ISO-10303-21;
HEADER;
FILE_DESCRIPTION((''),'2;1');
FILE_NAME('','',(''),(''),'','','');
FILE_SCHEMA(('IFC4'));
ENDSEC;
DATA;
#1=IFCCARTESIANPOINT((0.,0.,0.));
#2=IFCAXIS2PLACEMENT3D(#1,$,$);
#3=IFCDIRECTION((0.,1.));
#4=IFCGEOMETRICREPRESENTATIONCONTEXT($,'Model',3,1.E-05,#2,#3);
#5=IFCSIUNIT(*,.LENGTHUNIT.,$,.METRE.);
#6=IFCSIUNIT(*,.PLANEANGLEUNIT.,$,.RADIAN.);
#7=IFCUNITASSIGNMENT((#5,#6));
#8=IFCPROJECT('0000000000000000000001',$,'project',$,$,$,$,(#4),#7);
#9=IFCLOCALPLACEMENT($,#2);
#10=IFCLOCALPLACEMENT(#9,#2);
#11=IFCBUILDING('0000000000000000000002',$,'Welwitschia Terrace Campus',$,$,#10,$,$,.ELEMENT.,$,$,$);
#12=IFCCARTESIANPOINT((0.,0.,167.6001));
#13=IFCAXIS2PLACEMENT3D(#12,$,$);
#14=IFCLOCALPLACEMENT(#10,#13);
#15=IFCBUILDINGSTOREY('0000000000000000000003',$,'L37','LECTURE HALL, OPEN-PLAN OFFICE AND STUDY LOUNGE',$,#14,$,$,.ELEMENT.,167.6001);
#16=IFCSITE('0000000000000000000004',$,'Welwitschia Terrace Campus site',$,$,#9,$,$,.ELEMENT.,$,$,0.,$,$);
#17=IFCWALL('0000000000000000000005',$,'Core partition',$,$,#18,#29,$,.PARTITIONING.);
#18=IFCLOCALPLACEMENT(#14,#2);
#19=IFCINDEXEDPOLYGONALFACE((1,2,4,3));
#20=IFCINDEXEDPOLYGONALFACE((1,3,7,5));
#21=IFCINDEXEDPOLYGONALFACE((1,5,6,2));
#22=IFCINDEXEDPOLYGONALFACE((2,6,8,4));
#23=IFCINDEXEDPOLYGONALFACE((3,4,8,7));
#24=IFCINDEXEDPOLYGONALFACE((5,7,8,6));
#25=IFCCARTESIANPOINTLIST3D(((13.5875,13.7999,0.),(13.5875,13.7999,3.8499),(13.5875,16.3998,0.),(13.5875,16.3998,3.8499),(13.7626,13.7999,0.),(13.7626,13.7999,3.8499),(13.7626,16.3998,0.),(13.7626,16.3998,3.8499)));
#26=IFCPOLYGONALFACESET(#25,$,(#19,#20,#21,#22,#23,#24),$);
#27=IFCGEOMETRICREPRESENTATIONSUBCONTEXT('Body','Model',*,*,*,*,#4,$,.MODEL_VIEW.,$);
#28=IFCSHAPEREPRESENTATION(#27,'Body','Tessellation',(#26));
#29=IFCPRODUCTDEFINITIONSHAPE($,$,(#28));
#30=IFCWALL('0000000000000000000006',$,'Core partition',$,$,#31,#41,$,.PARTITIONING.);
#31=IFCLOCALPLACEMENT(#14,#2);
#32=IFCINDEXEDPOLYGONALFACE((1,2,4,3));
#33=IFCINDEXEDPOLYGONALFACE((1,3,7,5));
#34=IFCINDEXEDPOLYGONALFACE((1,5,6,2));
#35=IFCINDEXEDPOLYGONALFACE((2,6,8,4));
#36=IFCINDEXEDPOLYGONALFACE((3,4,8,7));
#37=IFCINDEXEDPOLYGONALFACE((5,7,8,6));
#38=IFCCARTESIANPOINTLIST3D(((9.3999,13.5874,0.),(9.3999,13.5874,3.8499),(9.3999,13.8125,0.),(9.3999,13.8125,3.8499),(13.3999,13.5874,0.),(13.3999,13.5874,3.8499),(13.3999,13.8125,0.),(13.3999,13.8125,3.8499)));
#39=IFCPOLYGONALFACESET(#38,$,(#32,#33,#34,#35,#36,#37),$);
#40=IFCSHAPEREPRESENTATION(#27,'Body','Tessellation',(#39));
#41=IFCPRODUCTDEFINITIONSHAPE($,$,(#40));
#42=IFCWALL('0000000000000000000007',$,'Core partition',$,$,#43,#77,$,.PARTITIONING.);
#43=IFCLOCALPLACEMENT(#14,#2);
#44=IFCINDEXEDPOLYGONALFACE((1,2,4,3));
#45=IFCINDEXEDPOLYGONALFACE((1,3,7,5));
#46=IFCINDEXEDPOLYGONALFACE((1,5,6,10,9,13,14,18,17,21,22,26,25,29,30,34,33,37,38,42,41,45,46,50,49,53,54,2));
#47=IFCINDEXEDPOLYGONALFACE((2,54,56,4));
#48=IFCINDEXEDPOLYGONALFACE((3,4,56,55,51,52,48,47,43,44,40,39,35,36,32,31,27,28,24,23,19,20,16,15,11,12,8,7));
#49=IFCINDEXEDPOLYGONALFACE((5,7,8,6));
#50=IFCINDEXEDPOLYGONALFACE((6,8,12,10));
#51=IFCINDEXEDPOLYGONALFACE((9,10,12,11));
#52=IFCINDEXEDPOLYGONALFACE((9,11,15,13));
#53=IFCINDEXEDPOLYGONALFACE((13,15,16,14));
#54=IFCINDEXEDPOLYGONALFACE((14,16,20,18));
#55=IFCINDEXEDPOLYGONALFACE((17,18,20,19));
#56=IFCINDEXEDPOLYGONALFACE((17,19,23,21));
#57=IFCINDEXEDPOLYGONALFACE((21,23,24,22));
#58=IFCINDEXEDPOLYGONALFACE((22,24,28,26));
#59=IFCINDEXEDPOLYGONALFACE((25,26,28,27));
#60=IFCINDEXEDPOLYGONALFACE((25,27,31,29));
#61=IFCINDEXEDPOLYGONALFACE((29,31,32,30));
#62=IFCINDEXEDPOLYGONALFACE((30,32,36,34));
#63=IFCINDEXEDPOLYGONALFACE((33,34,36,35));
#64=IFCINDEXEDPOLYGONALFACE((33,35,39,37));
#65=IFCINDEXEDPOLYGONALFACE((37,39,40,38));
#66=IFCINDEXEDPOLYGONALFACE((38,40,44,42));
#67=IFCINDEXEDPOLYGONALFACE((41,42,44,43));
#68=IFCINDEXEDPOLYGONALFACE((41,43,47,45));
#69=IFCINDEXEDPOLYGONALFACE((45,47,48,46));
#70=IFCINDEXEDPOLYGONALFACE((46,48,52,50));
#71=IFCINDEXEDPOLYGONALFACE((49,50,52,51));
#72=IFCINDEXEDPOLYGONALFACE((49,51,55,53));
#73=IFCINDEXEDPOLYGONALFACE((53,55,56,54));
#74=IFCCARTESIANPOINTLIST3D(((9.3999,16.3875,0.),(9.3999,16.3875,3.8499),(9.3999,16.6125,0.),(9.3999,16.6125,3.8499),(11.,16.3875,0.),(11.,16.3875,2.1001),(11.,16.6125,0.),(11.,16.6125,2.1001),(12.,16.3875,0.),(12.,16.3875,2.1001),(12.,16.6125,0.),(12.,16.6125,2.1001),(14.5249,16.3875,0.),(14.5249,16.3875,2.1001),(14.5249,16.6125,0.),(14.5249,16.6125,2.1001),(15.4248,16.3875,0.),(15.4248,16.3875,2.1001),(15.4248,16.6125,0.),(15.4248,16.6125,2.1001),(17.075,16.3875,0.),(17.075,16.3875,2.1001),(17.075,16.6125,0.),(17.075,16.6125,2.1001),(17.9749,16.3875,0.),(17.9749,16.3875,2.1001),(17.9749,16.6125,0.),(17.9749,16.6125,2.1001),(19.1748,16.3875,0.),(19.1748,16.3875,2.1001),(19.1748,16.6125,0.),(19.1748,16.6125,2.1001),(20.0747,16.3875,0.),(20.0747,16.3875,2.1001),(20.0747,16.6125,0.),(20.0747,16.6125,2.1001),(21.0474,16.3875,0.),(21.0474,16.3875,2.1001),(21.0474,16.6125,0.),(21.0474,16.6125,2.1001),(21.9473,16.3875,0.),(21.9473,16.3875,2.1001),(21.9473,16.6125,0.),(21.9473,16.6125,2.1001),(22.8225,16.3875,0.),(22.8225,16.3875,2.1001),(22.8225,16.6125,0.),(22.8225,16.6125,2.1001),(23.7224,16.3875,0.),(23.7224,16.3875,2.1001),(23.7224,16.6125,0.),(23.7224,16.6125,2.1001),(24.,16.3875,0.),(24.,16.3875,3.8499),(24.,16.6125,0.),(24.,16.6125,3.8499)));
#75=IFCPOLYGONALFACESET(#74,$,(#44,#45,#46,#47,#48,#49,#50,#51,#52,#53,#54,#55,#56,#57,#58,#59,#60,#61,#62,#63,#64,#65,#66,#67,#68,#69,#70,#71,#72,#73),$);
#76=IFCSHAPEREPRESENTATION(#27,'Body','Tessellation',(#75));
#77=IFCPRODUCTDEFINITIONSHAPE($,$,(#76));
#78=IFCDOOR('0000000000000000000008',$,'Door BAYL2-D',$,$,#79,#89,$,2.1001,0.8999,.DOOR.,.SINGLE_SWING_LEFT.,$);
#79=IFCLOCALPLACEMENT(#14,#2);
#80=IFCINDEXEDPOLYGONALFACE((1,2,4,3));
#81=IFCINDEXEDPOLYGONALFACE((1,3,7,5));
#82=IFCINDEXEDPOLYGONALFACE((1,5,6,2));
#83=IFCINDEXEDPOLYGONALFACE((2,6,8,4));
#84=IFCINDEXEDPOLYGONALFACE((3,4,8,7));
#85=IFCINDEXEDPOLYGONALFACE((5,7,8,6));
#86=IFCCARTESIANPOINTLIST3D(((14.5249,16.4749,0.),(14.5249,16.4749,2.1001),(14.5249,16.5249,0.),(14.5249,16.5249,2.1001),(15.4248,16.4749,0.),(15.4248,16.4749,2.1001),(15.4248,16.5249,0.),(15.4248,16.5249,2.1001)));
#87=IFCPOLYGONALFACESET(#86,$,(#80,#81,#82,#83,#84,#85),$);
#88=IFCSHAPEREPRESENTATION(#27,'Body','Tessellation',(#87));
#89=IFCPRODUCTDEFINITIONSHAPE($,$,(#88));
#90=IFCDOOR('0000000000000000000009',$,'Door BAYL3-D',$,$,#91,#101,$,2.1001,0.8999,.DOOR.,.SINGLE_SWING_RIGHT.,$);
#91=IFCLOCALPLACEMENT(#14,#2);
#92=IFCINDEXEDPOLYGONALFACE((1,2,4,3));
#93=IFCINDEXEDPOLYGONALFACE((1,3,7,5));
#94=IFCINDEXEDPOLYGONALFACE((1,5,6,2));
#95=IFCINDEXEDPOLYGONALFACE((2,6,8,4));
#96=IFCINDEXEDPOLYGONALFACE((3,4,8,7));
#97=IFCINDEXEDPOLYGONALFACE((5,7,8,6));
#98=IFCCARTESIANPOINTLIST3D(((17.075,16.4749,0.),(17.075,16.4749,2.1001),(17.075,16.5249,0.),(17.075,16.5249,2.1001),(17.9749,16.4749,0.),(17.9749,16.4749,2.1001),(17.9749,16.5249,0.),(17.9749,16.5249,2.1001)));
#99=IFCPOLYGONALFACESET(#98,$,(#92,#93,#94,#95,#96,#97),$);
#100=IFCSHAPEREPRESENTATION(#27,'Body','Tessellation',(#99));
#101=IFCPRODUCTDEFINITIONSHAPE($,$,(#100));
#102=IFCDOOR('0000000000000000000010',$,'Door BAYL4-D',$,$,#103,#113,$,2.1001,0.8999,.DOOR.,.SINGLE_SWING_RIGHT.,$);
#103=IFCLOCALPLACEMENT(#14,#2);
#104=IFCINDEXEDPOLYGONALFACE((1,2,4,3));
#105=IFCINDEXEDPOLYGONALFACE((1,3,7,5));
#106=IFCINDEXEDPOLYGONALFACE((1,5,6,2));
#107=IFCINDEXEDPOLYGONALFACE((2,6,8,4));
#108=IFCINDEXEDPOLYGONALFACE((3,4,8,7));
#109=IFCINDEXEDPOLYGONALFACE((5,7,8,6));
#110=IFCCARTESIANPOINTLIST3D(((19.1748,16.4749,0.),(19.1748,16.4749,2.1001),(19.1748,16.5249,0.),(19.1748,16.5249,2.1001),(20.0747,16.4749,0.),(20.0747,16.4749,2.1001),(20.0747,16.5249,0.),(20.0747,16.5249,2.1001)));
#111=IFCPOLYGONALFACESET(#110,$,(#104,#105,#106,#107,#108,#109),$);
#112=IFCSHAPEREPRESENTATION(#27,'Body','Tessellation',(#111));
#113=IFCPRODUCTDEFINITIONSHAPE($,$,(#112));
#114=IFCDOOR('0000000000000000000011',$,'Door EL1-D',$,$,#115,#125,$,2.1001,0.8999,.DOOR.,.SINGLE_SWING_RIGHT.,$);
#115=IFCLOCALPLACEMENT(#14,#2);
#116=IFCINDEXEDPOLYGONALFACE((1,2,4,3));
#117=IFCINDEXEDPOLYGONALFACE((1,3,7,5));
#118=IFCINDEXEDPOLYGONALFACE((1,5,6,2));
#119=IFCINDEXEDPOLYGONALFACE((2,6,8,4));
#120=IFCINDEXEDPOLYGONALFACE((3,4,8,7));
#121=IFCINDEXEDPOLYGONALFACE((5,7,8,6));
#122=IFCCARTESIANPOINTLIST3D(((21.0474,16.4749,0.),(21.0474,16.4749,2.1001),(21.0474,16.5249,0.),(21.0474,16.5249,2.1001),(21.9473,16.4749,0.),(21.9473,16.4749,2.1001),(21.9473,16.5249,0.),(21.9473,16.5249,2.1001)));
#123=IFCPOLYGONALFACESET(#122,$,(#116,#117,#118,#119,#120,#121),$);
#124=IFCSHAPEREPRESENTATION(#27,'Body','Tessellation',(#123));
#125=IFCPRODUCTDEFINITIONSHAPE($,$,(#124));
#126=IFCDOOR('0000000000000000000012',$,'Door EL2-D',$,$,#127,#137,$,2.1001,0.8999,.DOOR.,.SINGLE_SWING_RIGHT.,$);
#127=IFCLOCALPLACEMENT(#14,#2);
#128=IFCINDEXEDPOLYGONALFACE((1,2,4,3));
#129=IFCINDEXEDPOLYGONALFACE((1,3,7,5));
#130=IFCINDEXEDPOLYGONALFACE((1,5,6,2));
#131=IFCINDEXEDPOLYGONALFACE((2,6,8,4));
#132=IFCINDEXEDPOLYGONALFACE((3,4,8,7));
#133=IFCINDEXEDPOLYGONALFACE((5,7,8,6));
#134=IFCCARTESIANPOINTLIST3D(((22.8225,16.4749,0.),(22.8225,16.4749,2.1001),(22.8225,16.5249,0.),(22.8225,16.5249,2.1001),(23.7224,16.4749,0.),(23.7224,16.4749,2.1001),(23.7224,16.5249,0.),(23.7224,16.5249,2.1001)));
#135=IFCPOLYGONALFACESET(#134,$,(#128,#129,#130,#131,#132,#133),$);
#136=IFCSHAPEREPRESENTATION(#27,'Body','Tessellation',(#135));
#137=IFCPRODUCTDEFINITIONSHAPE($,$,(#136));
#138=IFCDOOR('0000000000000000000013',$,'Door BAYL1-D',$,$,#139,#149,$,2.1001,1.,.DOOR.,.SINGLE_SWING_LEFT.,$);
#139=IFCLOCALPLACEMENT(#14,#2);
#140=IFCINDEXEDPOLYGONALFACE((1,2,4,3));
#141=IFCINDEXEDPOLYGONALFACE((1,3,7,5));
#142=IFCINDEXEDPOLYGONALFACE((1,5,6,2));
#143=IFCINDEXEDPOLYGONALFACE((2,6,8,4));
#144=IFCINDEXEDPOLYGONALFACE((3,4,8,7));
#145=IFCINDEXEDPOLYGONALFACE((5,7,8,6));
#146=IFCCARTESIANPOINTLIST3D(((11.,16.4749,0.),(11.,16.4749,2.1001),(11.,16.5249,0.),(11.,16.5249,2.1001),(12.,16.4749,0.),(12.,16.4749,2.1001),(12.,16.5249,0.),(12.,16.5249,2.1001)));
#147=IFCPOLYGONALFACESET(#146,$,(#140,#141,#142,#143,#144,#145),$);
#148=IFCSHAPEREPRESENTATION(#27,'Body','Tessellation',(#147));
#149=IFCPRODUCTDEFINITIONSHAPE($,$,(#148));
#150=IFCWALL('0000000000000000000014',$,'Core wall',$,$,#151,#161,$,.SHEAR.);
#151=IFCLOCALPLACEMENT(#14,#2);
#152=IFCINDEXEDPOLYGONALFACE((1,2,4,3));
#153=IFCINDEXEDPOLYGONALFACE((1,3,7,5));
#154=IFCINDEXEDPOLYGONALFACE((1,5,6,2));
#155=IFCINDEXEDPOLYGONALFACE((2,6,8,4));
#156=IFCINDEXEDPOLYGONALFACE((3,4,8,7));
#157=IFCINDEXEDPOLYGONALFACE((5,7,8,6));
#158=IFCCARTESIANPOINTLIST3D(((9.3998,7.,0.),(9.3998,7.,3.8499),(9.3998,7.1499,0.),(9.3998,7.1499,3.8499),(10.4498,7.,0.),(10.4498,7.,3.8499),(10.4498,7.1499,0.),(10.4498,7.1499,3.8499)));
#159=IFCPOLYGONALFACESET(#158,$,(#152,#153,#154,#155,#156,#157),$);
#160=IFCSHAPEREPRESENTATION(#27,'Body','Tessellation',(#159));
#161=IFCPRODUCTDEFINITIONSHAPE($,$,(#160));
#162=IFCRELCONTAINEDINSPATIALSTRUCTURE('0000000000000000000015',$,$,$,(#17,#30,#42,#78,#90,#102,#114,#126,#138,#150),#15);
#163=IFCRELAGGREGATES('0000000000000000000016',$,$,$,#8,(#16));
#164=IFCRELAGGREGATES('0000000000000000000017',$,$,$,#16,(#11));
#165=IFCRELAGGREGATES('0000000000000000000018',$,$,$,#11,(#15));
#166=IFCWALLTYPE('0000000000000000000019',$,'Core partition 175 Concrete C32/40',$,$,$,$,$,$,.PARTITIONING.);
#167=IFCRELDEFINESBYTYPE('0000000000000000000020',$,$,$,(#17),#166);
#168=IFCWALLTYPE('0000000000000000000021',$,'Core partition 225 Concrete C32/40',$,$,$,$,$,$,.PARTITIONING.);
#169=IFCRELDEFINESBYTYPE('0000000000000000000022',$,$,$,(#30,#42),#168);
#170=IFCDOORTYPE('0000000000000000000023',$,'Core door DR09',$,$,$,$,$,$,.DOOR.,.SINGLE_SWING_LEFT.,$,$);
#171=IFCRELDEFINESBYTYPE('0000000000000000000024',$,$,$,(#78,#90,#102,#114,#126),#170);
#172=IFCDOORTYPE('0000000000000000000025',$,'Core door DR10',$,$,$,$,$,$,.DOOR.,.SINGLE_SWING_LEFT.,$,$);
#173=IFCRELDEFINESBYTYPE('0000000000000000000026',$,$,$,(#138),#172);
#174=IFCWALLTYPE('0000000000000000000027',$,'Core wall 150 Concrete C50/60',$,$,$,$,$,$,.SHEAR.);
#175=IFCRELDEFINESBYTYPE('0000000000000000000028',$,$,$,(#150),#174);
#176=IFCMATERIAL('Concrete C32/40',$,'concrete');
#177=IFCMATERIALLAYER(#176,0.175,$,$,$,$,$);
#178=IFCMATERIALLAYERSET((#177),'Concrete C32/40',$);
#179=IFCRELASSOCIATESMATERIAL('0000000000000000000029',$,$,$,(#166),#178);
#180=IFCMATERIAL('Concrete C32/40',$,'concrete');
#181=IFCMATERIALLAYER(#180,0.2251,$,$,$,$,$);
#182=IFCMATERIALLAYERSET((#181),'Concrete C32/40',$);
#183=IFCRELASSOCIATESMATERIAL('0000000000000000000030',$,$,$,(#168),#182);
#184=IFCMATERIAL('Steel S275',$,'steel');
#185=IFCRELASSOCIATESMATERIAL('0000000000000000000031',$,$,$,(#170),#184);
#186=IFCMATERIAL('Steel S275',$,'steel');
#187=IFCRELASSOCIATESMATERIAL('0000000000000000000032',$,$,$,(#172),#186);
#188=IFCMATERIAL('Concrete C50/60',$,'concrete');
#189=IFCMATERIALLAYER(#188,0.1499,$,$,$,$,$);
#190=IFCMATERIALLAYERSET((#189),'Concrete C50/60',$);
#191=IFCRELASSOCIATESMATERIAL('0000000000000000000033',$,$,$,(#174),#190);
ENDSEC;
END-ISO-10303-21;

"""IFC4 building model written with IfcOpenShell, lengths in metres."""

from ifc_helpers import new_model, si_unit, direction, frame, frame_2d, origin, place, context, subcontext, project, spatial, rectangle, extrude, material, layer, layer_set, type_object, element, fill, save


model = new_model("IFC4")

# Units and contexts
model_context = context("Model", 3, precision=1e-05, world=origin(), true_north=direction((0.0, 1.0)))
body_context = subcontext(model_context, "Body", "Model", "MODEL_VIEW")
ifc_project = project(units=[si_unit("LENGTHUNIT", "METRE"), si_unit("PLANEANGLEUNIT", "RADIAN")], contexts=[model_context])

# Site, building, storey
site_placement = place(None, origin())
site = spatial("IfcSite", under=ifc_project, at=site_placement, Name="Welwitschia Terrace Campus site", CompositionType="ELEMENT", RefElevation=0.0)
building_placement = place(site_placement, origin())
building = spatial("IfcBuilding", under=site, at=building_placement, Name="Welwitschia Terrace Campus", CompositionType="ELEMENT")
storey_placement = place(building_placement, frame((0.0, 0.0, 167.6001)))
storey = spatial("IfcBuildingStorey", under=building, at=storey_placement, Name="L37", Description="LECTURE HALL, OPEN-PLAN OFFICE AND STUDY LOUNGE", CompositionType="ELEMENT", Elevation=167.6001)

# Walls
ifc_material_1 = material(Name="Concrete C32/40", Category="concrete")
ifc_layer_1 = layer(ifc_material_1, 0.175)
ifc_layer_set_1 = layer_set([ifc_layer_1], Name="Concrete C32/40")
wall_type_1 = type_object("IfcWallType", Name="Core partition 175 Concrete C32/40", PredefinedType="PARTITIONING", material=ifc_layer_set_1)
wall_1_placement = place(storey_placement, frame((13.675, 13.8, 0.0), z_axis=(0.0, 0.0, 1.0), x_axis=(0.0, 1.0, 0.0)))
element("IfcWall", 1, at=wall_1_placement, inside=storey, type_object=wall_type_1, Name="Core partition", PredefinedType="PARTITIONING", context=body_context, shape_type="SweptSolid", body=[
    extrude(rectangle(XDim=2.5999, YDim=0.175, at=frame_2d((1.2998, 0.0))), origin(), (0.0, 0.0, 1.0), 3.8499),
])
ifc_material_2 = material(Name="Concrete C32/40", Category="concrete")
ifc_layer_2 = layer(ifc_material_2, 0.2251)
ifc_layer_set_2 = layer_set([ifc_layer_2], Name="Concrete C32/40")
wall_type_2 = type_object("IfcWallType", Name="Core partition 225 Concrete C32/40", PredefinedType="PARTITIONING", material=ifc_layer_set_2)
wall_2_placement = place(storey_placement, frame((9.3999, 13.7, 0.0), z_axis=(0.0, 0.0, 1.0), x_axis=(1.0, 0.0, 0.0)))
element("IfcWall", 2, at=wall_2_placement, inside=storey, type_object=wall_type_2, Name="Core partition", PredefinedType="PARTITIONING", context=body_context, shape_type="SweptSolid", body=[
    extrude(rectangle(XDim=4.0, YDim=0.2251, at=frame_2d((2.0, 0.0))), origin(), (0.0, 0.0, 1.0), 3.8499),
])

# Wall, openings, doors
wall_3_placement = place(storey_placement, frame((9.3999, 16.5, 0.0), z_axis=(0.0, 0.0, 1.0), x_axis=(1.0, 0.0, 0.0)))
wall_3 = element("IfcWall", 3, at=wall_3_placement, inside=storey, type_object=wall_type_2, Name="Core partition", PredefinedType="PARTITIONING", context=body_context, shape_type="SweptSolid", body=[
    extrude(rectangle(XDim=14.6001, YDim=0.2251, at=frame_2d((7.3, 0.0))), origin(), (0.0, 0.0, 1.0), 3.8499),
])
opening_1_placement = place(wall_3_placement, frame((1.6001, 0.0, 0.0)))
opening_1 = element("IfcOpeningElement", 4, at=opening_1_placement, cuts=wall_3, PredefinedType="OPENING", context=body_context, shape_type="SweptSolid", body=[
    extrude(rectangle(XDim=1.0, YDim=2.1001, at=frame_2d((0.5, 1.05))), frame((0.0, 0.1226, 0.0), z_axis=(0.0, -1.0, 0.0), x_axis=(1.0, 0.0, 0.0)), (0.0, 0.0, 1.0), 0.2451),
])
opening_2_placement = place(wall_3_placement, frame((5.125, 0.0, 0.0)))
opening_2 = element("IfcOpeningElement", 5, at=opening_2_placement, cuts=wall_3, PredefinedType="OPENING", context=body_context, shape_type="SweptSolid", body=[
    extrude(rectangle(XDim=0.8999, YDim=2.1001, at=frame_2d((0.45, 1.05))), frame((0.0, 0.1226, 0.0), z_axis=(0.0, -1.0, 0.0), x_axis=(1.0, 0.0, 0.0)), (0.0, 0.0, 1.0), 0.2451),
])
opening_3_placement = place(wall_3_placement, frame((7.675, 0.0, 0.0)))
opening_3 = element("IfcOpeningElement", 6, at=opening_3_placement, cuts=wall_3, PredefinedType="OPENING", context=body_context, shape_type="SweptSolid", body=[
    extrude(rectangle(XDim=0.8999, YDim=2.1001, at=frame_2d((0.45, 1.05))), frame((0.0, 0.1226, 0.0), z_axis=(0.0, -1.0, 0.0), x_axis=(1.0, 0.0, 0.0)), (0.0, 0.0, 1.0), 0.2451),
])
opening_4_placement = place(wall_3_placement, frame((9.7749, 0.0, 0.0)))
opening_4 = element("IfcOpeningElement", 7, at=opening_4_placement, cuts=wall_3, PredefinedType="OPENING", context=body_context, shape_type="SweptSolid", body=[
    extrude(rectangle(XDim=0.8999, YDim=2.1001, at=frame_2d((0.45, 1.05))), frame((0.0, 0.1226, 0.0), z_axis=(0.0, -1.0, 0.0), x_axis=(1.0, 0.0, 0.0)), (0.0, 0.0, 1.0), 0.2451),
])
opening_5_placement = place(wall_3_placement, frame((11.6475, 0.0, 0.0)))
opening_5 = element("IfcOpeningElement", 8, at=opening_5_placement, cuts=wall_3, PredefinedType="OPENING", context=body_context, shape_type="SweptSolid", body=[
    extrude(rectangle(XDim=0.8999, YDim=2.1001, at=frame_2d((0.45, 1.05))), frame((0.0, 0.1226, 0.0), z_axis=(0.0, -1.0, 0.0), x_axis=(1.0, 0.0, 0.0)), (0.0, 0.0, 1.0), 0.2451),
])
opening_6_placement = place(wall_3_placement, frame((13.4226, 0.0, 0.0)))
opening_6 = element("IfcOpeningElement", 9, at=opening_6_placement, cuts=wall_3, PredefinedType="OPENING", context=body_context, shape_type="SweptSolid", body=[
    extrude(rectangle(XDim=0.8999, YDim=2.1001, at=frame_2d((0.45, 1.05))), frame((0.0, 0.1226, 0.0), z_axis=(0.0, -1.0, 0.0), x_axis=(1.0, 0.0, 0.0)), (0.0, 0.0, 1.0), 0.2451),
])
ifc_material_3 = material(Name="Steel S275", Category="steel")
door_type_1 = type_object("IfcDoorType", Name="Core door DR09", OperationType="SINGLE_SWING_LEFT", PredefinedType="DOOR", material=ifc_material_3)
door_1_placement = place(opening_2_placement, origin())
door_1 = element("IfcDoor", 10, at=door_1_placement, inside=storey, type_object=door_type_1, Name="Door BAYL2-D", OperationType="SINGLE_SWING_LEFT", OverallHeight=2.1001, OverallWidth=0.8999, PredefinedType="DOOR", context=body_context, shape_type="SweptSolid", body=[
    extrude(rectangle(XDim=0.8999, YDim=2.1001, at=frame_2d((0.45, 1.05))), frame((0.0, 0.0249, 0.0), z_axis=(0.0, -1.0, 0.0), x_axis=(1.0, 0.0, 0.0)), (0.0, 0.0, 1.0), 0.05),
])
fill(opening_2, door_1)
door_2_placement = place(opening_3_placement, origin())
door_2 = element("IfcDoor", 11, at=door_2_placement, inside=storey, type_object=door_type_1, Name="Door BAYL3-D", OperationType="SINGLE_SWING_RIGHT", OverallHeight=2.1001, OverallWidth=0.8999, PredefinedType="DOOR", context=body_context, shape_type="SweptSolid", body=[
    extrude(rectangle(XDim=0.8999, YDim=2.1001, at=frame_2d((0.45, 1.05))), frame((0.0, 0.0249, 0.0), z_axis=(0.0, -1.0, 0.0), x_axis=(1.0, 0.0, 0.0)), (0.0, 0.0, 1.0), 0.05),
])
fill(opening_3, door_2)
door_3_placement = place(opening_4_placement, origin())
door_3 = element("IfcDoor", 12, at=door_3_placement, inside=storey, type_object=door_type_1, Name="Door BAYL4-D", OperationType="SINGLE_SWING_RIGHT", OverallHeight=2.1001, OverallWidth=0.8999, PredefinedType="DOOR", context=body_context, shape_type="SweptSolid", body=[
    extrude(rectangle(XDim=0.8999, YDim=2.1001, at=frame_2d((0.45, 1.05))), frame((0.0, 0.0249, 0.0), z_axis=(0.0, -1.0, 0.0), x_axis=(1.0, 0.0, 0.0)), (0.0, 0.0, 1.0), 0.05),
])
fill(opening_4, door_3)
door_4_placement = place(opening_5_placement, origin())
door_4 = element("IfcDoor", 13, at=door_4_placement, inside=storey, type_object=door_type_1, Name="Door EL1-D", OperationType="SINGLE_SWING_RIGHT", OverallHeight=2.1001, OverallWidth=0.8999, PredefinedType="DOOR", context=body_context, shape_type="SweptSolid", body=[
    extrude(rectangle(XDim=0.8999, YDim=2.1001, at=frame_2d((0.45, 1.05))), frame((0.0, 0.0249, 0.0), z_axis=(0.0, -1.0, 0.0), x_axis=(1.0, 0.0, 0.0)), (0.0, 0.0, 1.0), 0.05),
])
fill(opening_5, door_4)
door_5_placement = place(opening_6_placement, origin())
door_5 = element("IfcDoor", 14, at=door_5_placement, inside=storey, type_object=door_type_1, Name="Door EL2-D", OperationType="SINGLE_SWING_RIGHT", OverallHeight=2.1001, OverallWidth=0.8999, PredefinedType="DOOR", context=body_context, shape_type="SweptSolid", body=[
    extrude(rectangle(XDim=0.8999, YDim=2.1001, at=frame_2d((0.45, 1.05))), frame((0.0, 0.0249, 0.0), z_axis=(0.0, -1.0, 0.0), x_axis=(1.0, 0.0, 0.0)), (0.0, 0.0, 1.0), 0.05),
])
fill(opening_6, door_5)
ifc_material_4 = material(Name="Steel S275", Category="steel")
door_type_2 = type_object("IfcDoorType", Name="Core door DR10", OperationType="SINGLE_SWING_LEFT", PredefinedType="DOOR", material=ifc_material_4)
door_6_placement = place(opening_1_placement, origin())
door_6 = element("IfcDoor", 15, at=door_6_placement, inside=storey, type_object=door_type_2, Name="Door BAYL1-D", OperationType="SINGLE_SWING_LEFT", OverallHeight=2.1001, OverallWidth=1.0, PredefinedType="DOOR", context=body_context, shape_type="SweptSolid", body=[
    extrude(rectangle(XDim=1.0, YDim=2.1001, at=frame_2d((0.5, 1.05))), frame((0.0, 0.0249, 0.0), z_axis=(0.0, -1.0, 0.0), x_axis=(1.0, 0.0, 0.0)), (0.0, 0.0, 1.0), 0.05),
])
fill(opening_1, door_6)

# Wall
ifc_material_5 = material(Name="Concrete C50/60", Category="concrete")
ifc_layer_3 = layer(ifc_material_5, 0.1499)
ifc_layer_set_3 = layer_set([ifc_layer_3], Name="Concrete C50/60")
wall_type_3 = type_object("IfcWallType", Name="Core wall 150 Concrete C50/60", PredefinedType="SHEAR", material=ifc_layer_set_3)
for number, where, z_axis, x_axis, name in (
    (16, (9.3999, 7.075, 0.0), (0.0, 0.0, 1.0), (1.0, 0.0, 0.0), "Core wall"),
):
    element("IfcWall", number, at=place(storey_placement, frame(where, z_axis=z_axis, x_axis=x_axis)), inside=storey, type_object=wall_type_3, Name=name, PredefinedType="SHEAR", context=body_context, shape_type="SweptSolid", body=[
        extrude(rectangle(XDim=1.05, YDim=0.1499, at=frame_2d((0.5249, 0.0))), origin(), (0.0, 0.0, 1.0), 3.8499),
    ])

save(model, "model.ifc")
